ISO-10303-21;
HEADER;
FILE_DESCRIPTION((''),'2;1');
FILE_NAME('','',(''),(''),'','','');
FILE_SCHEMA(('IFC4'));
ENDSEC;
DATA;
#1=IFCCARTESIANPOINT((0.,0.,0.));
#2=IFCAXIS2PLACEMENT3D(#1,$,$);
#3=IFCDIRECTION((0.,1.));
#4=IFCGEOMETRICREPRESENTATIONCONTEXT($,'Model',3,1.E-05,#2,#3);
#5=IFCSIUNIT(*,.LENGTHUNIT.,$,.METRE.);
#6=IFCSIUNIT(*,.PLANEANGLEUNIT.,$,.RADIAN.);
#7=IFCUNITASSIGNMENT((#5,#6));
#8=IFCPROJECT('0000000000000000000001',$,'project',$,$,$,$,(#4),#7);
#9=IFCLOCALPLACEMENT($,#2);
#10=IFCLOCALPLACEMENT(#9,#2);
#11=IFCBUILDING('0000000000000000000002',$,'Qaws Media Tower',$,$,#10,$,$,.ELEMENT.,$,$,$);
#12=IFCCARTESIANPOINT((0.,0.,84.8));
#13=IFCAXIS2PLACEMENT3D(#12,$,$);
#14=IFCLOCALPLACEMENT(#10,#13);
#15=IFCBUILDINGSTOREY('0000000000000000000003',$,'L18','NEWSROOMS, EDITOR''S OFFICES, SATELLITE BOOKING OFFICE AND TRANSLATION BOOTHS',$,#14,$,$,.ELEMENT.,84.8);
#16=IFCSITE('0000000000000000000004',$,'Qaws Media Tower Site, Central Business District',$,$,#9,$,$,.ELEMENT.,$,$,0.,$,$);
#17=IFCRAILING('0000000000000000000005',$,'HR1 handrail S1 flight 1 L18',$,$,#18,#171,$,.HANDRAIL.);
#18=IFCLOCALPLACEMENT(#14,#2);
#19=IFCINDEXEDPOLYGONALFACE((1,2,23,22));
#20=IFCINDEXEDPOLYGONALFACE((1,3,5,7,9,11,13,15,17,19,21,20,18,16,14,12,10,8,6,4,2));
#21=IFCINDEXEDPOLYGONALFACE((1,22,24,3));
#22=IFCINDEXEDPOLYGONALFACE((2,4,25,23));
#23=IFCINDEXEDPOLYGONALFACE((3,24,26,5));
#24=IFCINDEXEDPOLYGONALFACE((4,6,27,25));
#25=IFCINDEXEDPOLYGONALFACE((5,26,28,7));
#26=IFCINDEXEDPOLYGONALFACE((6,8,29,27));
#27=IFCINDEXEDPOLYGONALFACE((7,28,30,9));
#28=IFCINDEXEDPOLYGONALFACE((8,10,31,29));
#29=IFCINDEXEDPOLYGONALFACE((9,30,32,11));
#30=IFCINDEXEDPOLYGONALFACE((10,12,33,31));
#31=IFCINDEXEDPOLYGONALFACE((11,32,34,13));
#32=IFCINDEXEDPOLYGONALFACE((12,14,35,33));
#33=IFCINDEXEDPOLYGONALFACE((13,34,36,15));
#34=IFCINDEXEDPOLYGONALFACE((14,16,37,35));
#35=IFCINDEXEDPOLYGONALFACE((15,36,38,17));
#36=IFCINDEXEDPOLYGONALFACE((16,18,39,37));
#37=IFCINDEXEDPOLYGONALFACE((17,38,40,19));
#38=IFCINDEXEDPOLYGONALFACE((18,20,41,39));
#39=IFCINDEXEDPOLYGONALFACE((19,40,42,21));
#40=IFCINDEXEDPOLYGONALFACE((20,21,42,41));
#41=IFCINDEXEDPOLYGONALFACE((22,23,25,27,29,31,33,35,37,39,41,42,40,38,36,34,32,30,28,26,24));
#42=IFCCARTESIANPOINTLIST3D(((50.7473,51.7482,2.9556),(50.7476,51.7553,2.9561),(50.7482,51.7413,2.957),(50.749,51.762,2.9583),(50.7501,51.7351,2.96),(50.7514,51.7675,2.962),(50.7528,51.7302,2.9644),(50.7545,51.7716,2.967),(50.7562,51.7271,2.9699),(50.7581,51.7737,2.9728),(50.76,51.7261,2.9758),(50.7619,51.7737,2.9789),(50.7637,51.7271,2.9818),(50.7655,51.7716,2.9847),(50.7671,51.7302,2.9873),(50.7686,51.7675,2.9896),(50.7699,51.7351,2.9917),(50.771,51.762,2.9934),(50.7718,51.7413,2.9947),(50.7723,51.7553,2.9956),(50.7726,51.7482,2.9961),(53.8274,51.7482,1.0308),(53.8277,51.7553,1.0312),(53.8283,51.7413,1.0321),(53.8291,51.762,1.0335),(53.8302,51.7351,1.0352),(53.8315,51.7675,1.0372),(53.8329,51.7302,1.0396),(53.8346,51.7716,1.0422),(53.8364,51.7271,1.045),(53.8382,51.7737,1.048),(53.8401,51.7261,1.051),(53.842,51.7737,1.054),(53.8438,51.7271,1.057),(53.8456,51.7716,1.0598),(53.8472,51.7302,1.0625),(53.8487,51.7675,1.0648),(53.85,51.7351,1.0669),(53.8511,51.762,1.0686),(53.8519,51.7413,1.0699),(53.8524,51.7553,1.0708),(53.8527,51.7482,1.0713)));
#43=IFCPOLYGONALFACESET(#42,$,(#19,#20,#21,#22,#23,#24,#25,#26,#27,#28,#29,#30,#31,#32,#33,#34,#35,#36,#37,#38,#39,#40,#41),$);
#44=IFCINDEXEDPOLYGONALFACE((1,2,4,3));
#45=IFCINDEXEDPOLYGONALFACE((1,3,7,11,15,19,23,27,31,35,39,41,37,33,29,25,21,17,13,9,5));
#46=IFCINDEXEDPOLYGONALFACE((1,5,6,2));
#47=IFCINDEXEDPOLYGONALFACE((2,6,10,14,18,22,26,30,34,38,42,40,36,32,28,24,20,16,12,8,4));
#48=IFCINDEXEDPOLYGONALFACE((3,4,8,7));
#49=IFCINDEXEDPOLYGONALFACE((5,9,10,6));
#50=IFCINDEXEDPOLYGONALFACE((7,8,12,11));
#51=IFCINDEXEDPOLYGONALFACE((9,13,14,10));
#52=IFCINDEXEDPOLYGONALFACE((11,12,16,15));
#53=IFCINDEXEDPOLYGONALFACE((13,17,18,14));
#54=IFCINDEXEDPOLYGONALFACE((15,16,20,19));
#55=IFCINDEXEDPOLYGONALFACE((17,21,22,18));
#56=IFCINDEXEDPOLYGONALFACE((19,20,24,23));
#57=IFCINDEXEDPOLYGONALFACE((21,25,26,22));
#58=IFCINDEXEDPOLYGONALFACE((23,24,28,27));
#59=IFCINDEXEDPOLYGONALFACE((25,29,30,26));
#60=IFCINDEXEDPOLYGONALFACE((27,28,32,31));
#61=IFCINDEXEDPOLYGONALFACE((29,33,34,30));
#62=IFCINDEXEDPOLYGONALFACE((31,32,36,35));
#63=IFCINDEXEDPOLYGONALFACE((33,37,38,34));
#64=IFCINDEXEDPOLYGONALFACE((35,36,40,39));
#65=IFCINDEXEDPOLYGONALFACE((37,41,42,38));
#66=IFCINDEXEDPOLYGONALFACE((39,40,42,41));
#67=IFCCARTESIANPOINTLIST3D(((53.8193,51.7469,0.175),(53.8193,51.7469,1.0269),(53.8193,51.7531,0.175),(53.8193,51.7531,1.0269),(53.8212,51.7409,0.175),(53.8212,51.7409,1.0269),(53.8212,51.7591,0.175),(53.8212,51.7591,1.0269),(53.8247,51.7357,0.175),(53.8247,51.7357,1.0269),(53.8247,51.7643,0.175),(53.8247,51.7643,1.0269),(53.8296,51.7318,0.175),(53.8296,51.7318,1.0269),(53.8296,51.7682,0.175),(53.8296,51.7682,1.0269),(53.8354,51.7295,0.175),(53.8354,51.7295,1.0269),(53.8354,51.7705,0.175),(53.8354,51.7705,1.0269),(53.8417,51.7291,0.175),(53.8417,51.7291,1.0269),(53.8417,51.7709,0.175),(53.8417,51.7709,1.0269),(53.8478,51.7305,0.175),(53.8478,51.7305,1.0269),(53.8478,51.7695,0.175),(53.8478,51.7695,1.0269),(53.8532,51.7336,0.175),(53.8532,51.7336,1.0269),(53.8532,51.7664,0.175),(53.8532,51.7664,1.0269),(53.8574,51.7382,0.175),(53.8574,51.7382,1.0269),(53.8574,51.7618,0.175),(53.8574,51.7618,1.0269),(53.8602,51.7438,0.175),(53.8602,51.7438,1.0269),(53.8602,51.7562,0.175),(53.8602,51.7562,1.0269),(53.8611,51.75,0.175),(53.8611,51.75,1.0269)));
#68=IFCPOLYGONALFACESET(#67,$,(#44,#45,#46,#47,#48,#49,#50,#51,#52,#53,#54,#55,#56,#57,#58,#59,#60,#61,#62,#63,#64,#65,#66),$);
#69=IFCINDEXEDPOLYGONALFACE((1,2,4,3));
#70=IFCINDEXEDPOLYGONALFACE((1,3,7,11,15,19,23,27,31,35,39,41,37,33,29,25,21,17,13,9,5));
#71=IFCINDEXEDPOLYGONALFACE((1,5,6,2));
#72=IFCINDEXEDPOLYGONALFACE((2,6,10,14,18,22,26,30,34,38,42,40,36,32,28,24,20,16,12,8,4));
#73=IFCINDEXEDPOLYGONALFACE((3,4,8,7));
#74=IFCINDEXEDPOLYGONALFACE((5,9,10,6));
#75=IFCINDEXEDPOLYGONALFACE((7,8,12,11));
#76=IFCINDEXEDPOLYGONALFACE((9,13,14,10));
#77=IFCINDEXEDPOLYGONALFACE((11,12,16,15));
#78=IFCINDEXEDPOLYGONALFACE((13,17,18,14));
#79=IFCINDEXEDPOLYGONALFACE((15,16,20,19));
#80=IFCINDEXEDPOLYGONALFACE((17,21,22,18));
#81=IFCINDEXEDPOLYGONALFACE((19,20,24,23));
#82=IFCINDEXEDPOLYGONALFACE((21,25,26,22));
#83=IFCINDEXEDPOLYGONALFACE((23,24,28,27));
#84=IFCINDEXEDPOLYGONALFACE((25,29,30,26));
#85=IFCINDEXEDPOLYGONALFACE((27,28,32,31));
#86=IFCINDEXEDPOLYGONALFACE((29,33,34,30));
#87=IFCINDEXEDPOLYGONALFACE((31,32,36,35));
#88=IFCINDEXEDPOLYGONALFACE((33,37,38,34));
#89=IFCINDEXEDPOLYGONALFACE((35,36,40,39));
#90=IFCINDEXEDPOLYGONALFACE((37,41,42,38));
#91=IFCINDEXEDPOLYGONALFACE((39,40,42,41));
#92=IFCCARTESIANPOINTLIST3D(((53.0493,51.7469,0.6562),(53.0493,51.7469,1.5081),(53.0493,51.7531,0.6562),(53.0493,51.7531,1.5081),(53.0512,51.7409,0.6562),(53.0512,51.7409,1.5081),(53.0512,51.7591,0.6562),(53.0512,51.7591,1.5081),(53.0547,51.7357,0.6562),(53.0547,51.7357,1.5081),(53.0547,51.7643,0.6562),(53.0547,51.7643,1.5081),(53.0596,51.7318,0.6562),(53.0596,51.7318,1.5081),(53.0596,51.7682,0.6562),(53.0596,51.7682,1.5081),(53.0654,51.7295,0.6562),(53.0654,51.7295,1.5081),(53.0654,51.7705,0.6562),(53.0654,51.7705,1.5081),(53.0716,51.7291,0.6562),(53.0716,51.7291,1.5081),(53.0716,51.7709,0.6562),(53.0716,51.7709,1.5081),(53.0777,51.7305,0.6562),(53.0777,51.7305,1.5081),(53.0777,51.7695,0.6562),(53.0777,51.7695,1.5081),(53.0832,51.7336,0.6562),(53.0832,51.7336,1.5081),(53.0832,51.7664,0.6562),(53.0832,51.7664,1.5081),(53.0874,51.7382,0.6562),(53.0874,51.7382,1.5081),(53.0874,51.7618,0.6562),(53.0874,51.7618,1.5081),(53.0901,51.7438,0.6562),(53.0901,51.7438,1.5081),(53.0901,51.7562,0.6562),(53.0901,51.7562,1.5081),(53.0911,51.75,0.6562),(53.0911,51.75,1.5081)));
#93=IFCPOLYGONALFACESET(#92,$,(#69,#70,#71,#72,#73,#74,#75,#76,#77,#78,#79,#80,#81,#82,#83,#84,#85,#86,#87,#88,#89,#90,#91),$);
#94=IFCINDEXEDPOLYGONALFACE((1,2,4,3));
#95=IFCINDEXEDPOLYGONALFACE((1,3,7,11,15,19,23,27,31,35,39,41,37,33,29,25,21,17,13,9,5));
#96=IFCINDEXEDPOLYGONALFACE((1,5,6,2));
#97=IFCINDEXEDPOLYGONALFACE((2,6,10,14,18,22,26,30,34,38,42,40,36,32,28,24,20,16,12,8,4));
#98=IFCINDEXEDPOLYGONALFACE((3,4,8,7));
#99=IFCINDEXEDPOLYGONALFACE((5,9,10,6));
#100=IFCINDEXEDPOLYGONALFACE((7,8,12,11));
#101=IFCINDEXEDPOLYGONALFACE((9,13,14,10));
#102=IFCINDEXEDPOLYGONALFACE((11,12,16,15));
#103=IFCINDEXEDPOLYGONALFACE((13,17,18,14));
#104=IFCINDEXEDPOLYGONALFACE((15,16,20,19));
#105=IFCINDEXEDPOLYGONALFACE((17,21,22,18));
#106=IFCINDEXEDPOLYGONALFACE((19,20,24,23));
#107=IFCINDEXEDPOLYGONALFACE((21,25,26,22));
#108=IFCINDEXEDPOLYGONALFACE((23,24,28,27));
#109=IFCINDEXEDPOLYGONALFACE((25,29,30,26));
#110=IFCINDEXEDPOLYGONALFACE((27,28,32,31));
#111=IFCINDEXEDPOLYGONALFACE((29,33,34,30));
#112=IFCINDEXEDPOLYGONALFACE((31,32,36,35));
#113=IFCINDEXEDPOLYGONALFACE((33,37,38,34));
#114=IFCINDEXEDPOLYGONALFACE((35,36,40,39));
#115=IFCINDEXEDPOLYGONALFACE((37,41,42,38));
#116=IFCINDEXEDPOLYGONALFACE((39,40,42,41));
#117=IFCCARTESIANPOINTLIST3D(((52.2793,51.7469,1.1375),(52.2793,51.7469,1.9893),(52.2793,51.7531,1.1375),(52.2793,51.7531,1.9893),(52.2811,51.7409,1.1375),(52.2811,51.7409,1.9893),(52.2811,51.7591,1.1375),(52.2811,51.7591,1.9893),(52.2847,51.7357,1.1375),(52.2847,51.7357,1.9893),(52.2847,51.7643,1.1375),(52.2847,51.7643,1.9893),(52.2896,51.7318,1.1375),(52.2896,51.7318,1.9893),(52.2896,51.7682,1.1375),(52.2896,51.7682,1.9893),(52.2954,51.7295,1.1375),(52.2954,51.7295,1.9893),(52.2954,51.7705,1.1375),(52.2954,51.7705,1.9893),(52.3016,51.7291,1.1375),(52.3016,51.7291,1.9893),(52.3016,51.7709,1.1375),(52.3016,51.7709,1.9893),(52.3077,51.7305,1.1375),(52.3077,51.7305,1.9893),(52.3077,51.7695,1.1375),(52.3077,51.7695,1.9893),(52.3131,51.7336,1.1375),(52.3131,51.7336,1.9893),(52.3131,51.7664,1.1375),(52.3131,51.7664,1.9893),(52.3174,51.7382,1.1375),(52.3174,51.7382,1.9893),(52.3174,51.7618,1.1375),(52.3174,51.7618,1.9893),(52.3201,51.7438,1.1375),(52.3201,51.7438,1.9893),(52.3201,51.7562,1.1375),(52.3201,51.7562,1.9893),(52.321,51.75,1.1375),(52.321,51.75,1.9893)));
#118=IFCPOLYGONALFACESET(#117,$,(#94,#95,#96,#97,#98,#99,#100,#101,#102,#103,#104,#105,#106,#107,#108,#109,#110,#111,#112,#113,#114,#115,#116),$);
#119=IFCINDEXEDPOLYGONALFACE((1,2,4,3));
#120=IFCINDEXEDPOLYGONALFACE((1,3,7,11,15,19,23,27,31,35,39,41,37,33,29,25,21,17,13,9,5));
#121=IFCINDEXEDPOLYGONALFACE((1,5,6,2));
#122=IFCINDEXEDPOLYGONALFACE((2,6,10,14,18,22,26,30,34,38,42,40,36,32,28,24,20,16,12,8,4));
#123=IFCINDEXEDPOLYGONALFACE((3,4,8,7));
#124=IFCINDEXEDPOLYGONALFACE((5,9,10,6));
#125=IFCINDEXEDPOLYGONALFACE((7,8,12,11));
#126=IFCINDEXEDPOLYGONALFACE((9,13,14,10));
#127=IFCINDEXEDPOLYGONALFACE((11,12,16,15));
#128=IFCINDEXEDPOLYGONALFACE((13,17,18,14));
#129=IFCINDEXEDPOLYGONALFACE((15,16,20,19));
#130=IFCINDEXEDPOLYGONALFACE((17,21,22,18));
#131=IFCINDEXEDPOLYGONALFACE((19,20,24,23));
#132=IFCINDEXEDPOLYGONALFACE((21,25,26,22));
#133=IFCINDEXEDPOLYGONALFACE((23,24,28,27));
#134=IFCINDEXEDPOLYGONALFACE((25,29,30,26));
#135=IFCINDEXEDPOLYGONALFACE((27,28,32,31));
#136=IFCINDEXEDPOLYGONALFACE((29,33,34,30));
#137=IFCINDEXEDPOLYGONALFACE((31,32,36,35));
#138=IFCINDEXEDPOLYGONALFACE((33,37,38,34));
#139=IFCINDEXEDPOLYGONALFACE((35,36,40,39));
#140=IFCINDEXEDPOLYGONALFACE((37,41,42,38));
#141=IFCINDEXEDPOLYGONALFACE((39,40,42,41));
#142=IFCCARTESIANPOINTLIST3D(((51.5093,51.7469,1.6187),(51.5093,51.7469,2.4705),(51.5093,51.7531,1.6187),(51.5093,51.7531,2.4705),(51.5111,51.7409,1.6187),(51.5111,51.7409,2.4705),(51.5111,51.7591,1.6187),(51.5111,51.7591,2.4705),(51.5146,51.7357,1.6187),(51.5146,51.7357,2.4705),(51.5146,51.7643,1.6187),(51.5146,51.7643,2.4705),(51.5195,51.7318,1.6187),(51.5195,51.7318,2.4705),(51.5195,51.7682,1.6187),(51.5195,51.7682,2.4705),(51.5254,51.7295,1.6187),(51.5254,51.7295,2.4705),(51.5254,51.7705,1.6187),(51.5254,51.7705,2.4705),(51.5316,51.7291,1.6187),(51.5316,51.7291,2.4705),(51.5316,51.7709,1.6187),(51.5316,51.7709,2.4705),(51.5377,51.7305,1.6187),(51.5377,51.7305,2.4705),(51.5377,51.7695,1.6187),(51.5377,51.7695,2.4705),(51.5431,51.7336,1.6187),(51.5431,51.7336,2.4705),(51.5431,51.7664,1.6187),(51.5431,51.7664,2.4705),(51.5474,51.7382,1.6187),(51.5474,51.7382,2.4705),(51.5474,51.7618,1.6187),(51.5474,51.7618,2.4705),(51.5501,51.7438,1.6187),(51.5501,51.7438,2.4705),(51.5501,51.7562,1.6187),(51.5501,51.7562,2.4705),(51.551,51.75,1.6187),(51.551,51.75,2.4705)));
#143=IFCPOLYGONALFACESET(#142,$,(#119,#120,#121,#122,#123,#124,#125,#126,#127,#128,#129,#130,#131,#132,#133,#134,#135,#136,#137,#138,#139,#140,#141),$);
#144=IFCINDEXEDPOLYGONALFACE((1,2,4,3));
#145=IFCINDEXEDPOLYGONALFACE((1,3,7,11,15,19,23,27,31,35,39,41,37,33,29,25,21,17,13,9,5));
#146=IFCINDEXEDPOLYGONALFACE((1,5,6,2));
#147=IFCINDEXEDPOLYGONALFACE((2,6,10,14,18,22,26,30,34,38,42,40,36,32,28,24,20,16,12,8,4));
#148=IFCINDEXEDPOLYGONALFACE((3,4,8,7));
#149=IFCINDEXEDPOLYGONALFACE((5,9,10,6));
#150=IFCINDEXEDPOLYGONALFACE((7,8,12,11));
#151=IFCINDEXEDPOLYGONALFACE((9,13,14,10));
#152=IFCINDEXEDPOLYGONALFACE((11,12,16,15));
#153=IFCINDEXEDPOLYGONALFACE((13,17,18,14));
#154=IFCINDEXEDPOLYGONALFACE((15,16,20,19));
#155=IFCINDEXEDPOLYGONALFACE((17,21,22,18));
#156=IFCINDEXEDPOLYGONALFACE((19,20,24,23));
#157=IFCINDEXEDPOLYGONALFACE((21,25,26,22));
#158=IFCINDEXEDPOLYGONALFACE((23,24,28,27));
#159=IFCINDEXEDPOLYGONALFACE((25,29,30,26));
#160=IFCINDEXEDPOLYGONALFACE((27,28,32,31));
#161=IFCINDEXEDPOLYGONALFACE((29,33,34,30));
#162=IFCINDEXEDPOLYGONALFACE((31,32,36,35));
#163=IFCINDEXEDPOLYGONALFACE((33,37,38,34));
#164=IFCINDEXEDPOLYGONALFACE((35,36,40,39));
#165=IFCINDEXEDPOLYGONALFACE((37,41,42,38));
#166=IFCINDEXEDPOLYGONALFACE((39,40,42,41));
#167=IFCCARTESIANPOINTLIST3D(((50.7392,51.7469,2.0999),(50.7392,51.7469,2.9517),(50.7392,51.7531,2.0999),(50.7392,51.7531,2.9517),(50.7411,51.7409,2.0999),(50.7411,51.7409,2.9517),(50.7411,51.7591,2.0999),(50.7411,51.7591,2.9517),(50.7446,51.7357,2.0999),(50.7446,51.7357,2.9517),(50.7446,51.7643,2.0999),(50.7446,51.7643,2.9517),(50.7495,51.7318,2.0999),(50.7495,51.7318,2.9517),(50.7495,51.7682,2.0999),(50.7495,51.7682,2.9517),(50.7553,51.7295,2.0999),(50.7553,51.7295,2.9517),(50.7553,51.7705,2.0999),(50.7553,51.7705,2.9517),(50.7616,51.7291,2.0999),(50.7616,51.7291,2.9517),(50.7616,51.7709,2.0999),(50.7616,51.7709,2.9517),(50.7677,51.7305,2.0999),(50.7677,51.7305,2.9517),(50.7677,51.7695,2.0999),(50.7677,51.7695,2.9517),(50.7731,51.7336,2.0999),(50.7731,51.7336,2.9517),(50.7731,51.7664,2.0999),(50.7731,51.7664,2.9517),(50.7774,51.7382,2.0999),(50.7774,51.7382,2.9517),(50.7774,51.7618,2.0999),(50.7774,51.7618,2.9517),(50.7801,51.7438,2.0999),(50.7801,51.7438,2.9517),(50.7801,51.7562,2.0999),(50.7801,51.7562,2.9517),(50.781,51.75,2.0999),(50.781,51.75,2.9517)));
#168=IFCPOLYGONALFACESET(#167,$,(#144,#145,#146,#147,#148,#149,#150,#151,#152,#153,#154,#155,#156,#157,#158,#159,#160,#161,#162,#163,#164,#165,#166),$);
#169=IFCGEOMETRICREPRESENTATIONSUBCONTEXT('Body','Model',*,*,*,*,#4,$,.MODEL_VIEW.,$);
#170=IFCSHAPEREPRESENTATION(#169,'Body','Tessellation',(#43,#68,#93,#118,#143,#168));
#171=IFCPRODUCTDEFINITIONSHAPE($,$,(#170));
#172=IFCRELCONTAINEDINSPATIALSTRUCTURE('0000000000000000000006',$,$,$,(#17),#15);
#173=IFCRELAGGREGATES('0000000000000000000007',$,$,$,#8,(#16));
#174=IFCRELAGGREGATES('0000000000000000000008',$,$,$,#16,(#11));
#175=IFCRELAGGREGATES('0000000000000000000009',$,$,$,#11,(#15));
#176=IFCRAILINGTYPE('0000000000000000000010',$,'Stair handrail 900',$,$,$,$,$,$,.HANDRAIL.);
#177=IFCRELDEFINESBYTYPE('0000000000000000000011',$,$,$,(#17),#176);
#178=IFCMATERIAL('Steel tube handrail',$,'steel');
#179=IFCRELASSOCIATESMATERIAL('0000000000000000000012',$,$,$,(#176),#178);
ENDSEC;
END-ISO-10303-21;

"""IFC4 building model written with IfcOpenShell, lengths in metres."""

from ifc_helpers import new_model, si_unit, direction, frame, origin, origin_2d, place, context, subcontext, project, spatial, circle, extrude, material, type_object, element, save


model = new_model("IFC4")

# Units and contexts
model_context = context("Model", 3, precision=1e-05, world=origin(), true_north=direction((0.0, 1.0)))
body_context = subcontext(model_context, "Body", "Model", "MODEL_VIEW")
ifc_project = project(units=[si_unit("LENGTHUNIT", "METRE"), si_unit("PLANEANGLEUNIT", "RADIAN")], contexts=[model_context])

# Site, building, storey
site_placement = place(None, origin())
site = spatial("IfcSite", under=ifc_project, at=site_placement, Name="Qaws Media Tower Site, Central Business District", CompositionType="ELEMENT", RefElevation=0.0)
building_placement = place(site_placement, origin())
building = spatial("IfcBuilding", under=site, at=building_placement, Name="Qaws Media Tower", CompositionType="ELEMENT")
storey_placement = place(building_placement, frame((0.0, 0.0, 84.8)))
storey = spatial("IfcBuildingStorey", under=building, at=storey_placement, Name="L18", Description="NEWSROOMS, EDITOR'S OFFICES, SATELLITE BOOKING OFFICE AND TRANSLATION BOOTHS", CompositionType="ELEMENT", Elevation=84.8)

# Railing
ifc_material_1 = material(Name="Steel tube handrail", Category="steel")
railing_type = type_object("IfcRailingType", Name="Stair handrail 900", PredefinedType="HANDRAIL", material=ifc_material_1)
for number, where, name in (
    (1, (53.8401, 51.75, 0.175), "HR1 handrail S1 flight 1 L18"),
):
    element("IfcRailing", number, at=place(storey_placement, frame(where)), inside=storey, type_object=railing_type, Name=name, PredefinedType="HANDRAIL", context=body_context, shape_type="SweptSolid", body=[
        extrude(circle(Radius=0.0239, at=origin_2d()), frame((0.0, 0.0, 0.876), z_axis=(-0.848029, 0.0, 0.529951), x_axis=(0.0, -1.0, 0.0)), (0.0, 0.0, 1.0), 3.6321),
        extrude(circle(Radius=0.021, at=origin_2d()), origin(), (0.0, 0.0, 1.0), 0.8518),
        extrude(circle(Radius=0.021, at=origin_2d()), frame((-0.77, 0.0, 0.4812)), (0.0, 0.0, 1.0), 0.8518),
        extrude(circle(Radius=0.021, at=origin_2d()), frame((-1.54, 0.0, 0.9624)), (0.0, 0.0, 1.0), 0.8518),
        extrude(circle(Radius=0.021, at=origin_2d()), frame((-2.3101, 0.0, 1.4436)), (0.0, 0.0, 1.0), 0.8518),
        extrude(circle(Radius=0.021, at=origin_2d()), frame((-3.0801, 0.0, 1.9248)), (0.0, 0.0, 1.0), 0.8518),
    ])

save(model, "model.ifc")
